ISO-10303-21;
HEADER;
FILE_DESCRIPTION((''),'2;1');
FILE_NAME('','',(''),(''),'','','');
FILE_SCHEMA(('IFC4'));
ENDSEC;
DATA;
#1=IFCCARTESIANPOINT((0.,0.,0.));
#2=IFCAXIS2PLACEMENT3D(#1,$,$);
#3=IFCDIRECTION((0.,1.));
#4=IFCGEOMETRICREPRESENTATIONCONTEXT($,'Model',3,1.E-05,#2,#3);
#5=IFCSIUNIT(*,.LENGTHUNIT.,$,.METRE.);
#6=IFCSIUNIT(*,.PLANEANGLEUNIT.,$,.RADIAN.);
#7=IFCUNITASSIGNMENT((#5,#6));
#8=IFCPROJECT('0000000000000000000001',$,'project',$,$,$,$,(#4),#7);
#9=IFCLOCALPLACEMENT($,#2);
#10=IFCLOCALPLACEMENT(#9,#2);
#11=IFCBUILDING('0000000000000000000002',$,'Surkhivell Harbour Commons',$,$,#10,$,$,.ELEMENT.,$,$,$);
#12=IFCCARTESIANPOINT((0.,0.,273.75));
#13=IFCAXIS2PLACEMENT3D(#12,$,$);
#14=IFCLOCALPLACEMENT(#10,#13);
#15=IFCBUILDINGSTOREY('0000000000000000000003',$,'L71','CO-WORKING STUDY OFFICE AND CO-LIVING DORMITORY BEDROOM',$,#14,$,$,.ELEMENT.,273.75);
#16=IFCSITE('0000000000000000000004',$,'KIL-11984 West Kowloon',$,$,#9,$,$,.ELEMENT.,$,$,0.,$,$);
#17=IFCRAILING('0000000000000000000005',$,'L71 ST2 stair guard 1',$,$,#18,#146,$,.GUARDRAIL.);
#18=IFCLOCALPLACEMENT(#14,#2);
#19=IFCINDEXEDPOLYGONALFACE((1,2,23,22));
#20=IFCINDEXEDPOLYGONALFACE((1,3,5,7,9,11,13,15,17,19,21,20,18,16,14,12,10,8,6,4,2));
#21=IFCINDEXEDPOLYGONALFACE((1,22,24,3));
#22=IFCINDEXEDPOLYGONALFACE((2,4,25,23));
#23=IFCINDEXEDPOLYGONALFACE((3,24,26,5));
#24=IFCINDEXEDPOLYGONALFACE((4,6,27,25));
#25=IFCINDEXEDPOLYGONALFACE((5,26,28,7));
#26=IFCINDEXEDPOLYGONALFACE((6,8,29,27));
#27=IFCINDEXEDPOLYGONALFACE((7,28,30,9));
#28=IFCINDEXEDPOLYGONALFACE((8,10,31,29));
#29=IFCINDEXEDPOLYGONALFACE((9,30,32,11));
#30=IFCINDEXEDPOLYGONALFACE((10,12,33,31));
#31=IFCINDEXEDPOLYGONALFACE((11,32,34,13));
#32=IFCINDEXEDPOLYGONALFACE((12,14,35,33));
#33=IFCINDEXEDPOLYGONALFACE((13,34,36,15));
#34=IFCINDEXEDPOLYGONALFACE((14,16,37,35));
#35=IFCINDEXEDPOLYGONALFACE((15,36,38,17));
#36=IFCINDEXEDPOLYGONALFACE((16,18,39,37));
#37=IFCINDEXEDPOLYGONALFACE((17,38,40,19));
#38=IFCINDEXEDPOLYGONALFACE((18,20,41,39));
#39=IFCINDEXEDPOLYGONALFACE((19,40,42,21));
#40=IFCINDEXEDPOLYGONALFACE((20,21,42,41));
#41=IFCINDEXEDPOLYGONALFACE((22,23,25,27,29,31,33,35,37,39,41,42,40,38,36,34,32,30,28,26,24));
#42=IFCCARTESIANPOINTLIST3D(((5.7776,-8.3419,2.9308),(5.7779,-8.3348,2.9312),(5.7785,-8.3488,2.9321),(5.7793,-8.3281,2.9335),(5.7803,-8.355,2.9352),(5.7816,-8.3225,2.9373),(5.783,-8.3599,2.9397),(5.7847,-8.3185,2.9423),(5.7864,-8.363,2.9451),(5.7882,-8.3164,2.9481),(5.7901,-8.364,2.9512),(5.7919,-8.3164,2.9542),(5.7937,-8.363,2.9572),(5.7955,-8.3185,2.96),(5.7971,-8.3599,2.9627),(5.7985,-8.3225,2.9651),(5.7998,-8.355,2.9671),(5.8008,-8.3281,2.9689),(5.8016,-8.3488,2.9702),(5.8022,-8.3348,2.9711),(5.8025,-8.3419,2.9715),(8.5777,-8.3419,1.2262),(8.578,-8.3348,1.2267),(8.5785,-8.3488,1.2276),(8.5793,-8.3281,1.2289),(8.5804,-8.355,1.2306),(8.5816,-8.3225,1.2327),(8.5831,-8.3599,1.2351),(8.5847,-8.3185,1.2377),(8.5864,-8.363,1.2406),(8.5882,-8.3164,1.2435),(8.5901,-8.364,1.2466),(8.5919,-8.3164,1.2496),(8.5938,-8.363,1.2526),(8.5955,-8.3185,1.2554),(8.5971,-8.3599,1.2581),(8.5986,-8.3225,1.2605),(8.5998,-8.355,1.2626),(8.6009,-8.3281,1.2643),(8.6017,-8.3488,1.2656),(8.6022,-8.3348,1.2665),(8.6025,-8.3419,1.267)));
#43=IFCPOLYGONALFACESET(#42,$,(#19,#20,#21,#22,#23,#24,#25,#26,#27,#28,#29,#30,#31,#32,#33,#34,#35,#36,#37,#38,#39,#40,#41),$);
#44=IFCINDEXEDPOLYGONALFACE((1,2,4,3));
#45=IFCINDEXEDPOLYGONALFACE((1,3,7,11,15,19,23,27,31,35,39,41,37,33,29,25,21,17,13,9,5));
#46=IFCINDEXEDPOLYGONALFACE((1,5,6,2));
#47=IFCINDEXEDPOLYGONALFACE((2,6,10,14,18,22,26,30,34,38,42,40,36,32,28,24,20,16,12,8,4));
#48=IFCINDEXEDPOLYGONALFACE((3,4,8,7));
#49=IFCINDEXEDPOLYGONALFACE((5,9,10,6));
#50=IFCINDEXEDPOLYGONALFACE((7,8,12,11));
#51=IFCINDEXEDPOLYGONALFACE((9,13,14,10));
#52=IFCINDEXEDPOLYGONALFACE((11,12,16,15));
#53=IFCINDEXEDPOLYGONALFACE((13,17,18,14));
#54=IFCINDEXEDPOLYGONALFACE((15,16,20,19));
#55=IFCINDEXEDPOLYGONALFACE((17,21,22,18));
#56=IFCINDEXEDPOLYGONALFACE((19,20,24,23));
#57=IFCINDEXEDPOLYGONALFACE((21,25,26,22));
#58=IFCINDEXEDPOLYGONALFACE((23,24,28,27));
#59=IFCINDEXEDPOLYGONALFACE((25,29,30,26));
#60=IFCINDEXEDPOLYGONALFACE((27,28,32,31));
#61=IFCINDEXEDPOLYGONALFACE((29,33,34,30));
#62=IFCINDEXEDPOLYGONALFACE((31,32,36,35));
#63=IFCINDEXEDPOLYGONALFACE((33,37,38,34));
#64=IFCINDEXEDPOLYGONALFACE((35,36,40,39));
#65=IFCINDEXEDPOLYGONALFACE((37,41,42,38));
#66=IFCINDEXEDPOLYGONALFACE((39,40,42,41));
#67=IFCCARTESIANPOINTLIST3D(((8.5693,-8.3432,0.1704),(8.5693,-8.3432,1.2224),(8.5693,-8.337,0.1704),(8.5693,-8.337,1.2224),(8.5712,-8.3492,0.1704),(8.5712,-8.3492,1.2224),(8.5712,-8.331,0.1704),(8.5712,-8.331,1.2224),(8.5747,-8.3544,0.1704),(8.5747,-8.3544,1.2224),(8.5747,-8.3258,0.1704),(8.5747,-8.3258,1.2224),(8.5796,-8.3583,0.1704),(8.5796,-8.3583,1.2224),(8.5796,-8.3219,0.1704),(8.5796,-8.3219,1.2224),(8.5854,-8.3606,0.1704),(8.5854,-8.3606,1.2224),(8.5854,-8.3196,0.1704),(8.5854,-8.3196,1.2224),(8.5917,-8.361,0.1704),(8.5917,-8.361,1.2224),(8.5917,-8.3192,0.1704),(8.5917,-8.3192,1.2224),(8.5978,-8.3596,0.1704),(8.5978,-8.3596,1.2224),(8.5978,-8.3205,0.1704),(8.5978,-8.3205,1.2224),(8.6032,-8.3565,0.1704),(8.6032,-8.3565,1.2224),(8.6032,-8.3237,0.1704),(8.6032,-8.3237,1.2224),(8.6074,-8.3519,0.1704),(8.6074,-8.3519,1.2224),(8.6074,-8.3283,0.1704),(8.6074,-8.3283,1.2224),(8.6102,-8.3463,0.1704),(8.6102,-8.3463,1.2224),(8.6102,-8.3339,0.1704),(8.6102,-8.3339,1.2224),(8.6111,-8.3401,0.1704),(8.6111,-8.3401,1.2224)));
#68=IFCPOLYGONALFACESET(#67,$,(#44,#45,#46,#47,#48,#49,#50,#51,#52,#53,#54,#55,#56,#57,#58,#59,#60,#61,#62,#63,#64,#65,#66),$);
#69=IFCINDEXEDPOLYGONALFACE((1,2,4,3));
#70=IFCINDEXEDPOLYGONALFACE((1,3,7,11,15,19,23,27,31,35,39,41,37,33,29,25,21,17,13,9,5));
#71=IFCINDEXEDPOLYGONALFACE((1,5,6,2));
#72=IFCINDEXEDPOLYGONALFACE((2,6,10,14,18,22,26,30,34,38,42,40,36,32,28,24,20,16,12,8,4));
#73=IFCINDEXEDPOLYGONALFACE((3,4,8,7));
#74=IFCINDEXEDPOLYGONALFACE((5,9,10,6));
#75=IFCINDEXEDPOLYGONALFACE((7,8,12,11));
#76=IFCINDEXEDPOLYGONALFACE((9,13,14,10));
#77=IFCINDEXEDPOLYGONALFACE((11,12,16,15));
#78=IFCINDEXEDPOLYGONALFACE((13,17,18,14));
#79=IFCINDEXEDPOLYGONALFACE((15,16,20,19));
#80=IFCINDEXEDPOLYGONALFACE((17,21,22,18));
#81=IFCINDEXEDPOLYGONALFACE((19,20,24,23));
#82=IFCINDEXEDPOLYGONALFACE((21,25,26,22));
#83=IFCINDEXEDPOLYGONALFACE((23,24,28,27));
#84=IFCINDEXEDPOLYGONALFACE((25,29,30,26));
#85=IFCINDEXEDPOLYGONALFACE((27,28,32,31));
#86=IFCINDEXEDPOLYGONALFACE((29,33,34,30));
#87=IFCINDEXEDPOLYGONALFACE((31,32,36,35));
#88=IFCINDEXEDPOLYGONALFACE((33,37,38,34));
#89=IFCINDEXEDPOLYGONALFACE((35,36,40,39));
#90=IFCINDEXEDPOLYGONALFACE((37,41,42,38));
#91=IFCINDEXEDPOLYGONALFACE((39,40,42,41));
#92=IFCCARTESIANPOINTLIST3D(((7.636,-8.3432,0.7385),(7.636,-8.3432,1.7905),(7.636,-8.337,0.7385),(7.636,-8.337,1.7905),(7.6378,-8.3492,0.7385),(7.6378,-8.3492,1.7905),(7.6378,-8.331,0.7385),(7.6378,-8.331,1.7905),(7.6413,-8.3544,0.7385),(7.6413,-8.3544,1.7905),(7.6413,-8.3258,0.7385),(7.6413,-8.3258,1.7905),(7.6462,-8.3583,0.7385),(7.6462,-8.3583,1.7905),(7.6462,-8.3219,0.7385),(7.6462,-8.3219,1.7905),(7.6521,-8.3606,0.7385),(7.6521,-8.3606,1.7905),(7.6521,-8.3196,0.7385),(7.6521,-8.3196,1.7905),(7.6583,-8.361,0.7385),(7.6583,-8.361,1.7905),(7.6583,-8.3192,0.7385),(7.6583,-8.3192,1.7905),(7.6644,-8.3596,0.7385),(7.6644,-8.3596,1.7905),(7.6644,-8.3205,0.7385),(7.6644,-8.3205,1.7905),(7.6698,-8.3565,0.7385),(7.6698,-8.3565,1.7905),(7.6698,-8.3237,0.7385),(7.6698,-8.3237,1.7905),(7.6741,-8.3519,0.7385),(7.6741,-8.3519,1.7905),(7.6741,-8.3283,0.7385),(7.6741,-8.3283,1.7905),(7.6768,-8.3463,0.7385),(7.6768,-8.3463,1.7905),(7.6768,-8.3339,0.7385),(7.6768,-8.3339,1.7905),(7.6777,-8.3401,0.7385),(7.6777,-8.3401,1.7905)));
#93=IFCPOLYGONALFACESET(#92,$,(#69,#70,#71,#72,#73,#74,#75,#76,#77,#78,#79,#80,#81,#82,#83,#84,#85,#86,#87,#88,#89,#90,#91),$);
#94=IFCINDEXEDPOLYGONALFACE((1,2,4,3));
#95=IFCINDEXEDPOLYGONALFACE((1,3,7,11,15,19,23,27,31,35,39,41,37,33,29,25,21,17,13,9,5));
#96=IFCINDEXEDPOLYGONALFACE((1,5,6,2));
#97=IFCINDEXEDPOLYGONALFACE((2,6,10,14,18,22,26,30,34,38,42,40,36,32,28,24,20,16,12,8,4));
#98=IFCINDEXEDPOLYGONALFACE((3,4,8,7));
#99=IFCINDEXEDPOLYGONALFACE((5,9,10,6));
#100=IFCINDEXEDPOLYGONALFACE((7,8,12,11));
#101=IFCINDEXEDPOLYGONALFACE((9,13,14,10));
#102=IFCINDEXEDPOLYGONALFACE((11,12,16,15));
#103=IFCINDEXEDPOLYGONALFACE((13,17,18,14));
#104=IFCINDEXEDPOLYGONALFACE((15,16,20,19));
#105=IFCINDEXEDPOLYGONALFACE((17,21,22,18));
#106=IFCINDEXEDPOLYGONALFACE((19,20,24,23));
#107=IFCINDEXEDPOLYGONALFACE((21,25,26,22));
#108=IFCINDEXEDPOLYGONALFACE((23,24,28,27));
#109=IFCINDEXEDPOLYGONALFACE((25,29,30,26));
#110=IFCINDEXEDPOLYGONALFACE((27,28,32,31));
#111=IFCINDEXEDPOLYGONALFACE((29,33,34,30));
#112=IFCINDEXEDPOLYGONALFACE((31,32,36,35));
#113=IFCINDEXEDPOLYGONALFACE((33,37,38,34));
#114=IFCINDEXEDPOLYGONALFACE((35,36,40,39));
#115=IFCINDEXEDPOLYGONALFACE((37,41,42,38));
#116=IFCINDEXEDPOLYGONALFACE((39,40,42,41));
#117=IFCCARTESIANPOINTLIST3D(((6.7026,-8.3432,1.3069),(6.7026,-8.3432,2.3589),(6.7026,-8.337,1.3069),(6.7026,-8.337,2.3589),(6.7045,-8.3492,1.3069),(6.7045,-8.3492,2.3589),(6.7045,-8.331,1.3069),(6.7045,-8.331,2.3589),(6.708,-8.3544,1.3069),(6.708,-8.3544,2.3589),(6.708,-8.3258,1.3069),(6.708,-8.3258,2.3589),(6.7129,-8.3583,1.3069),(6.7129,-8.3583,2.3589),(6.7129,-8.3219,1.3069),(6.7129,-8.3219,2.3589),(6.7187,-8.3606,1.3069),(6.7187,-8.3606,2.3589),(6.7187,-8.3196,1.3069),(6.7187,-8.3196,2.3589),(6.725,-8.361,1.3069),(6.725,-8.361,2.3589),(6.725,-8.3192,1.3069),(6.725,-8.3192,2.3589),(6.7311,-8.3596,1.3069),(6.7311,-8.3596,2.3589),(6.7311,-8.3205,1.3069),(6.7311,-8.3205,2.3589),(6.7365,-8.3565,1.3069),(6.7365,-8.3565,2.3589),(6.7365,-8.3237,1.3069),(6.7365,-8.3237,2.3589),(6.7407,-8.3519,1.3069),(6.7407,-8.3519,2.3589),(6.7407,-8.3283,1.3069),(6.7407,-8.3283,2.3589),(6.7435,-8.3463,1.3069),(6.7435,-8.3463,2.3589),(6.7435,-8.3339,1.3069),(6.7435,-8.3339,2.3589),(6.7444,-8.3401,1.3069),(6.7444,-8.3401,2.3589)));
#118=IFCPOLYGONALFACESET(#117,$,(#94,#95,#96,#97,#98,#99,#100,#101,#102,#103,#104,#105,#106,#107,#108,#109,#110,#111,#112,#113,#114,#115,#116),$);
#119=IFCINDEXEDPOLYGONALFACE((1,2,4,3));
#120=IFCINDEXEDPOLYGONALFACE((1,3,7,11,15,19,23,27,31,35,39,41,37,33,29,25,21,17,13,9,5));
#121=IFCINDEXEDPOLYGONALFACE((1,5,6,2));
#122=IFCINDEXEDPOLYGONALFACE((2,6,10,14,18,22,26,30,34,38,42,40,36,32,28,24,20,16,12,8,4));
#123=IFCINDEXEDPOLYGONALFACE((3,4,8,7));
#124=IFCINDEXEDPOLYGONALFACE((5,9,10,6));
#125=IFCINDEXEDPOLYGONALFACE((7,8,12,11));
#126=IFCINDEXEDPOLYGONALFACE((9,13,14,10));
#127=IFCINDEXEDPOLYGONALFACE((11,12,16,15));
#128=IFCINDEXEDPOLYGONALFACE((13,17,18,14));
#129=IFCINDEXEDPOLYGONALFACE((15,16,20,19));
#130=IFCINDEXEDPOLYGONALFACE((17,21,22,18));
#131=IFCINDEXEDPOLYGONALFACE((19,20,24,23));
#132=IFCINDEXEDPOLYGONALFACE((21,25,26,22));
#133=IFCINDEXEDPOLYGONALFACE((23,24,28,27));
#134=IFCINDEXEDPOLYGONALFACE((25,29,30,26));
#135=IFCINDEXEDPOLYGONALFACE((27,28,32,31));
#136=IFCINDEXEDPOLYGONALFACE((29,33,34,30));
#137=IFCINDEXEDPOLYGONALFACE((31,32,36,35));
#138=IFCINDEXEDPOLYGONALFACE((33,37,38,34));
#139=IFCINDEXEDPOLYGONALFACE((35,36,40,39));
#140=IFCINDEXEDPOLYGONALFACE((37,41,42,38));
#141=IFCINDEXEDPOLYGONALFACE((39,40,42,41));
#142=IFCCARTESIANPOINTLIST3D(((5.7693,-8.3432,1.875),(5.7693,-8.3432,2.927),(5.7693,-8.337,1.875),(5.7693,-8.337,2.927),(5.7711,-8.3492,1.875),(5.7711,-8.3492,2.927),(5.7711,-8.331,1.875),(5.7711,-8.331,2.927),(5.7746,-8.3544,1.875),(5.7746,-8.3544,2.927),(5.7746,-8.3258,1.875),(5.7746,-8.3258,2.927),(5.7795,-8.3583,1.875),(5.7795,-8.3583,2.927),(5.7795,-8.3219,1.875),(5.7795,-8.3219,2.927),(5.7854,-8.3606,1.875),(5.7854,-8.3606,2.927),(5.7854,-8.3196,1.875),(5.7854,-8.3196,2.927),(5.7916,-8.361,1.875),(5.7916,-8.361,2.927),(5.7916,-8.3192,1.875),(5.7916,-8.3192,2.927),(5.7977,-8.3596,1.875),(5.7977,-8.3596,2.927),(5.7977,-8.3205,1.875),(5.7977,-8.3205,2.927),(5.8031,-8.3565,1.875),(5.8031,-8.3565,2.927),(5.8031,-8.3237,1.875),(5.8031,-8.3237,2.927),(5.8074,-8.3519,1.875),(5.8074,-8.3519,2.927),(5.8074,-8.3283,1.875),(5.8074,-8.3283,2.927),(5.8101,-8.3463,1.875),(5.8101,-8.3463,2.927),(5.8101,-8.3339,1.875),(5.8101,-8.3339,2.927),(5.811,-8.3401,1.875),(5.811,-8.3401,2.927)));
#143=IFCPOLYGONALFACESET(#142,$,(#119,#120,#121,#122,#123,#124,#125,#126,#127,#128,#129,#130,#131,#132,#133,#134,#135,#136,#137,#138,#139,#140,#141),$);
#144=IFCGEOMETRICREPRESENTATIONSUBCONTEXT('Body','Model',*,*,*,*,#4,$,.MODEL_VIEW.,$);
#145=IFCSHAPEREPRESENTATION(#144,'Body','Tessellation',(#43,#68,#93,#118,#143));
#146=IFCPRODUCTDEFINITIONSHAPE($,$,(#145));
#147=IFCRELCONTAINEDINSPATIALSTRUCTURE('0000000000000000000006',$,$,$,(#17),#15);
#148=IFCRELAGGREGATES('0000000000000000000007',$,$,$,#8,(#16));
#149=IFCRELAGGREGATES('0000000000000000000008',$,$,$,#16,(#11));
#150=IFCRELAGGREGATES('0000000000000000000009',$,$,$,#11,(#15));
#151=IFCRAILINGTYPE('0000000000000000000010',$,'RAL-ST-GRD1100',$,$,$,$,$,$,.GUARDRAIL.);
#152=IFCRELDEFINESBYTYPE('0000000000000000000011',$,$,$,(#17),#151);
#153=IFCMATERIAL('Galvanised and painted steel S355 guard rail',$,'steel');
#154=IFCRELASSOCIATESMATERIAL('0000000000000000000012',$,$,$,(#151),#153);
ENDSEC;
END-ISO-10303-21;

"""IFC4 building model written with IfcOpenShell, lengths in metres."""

from ifc_helpers import new_model, si_unit, direction, frame, origin, origin_2d, place, context, subcontext, project, spatial, circle, extrude, material, type_object, element, save


model = new_model("IFC4")

# Units and contexts
model_context = context("Model", 3, precision=1e-05, world=origin(), true_north=direction((0.0, 1.0)))
body_context = subcontext(model_context, "Body", "Model", "MODEL_VIEW")
ifc_project = project(units=[si_unit("LENGTHUNIT", "METRE"), si_unit("PLANEANGLEUNIT", "RADIAN")], contexts=[model_context])

# Site, building, storey
site_placement = place(None, origin())
site = spatial("IfcSite", under=ifc_project, at=site_placement, Name="KIL-11984 West Kowloon", CompositionType="ELEMENT", RefElevation=0.0)
building_placement = place(site_placement, origin())
building = spatial("IfcBuilding", under=site, at=building_placement, Name="Surkhivell Harbour Commons", CompositionType="ELEMENT")
storey_placement = place(building_placement, frame((0.0, 0.0, 273.75)))
storey = spatial("IfcBuildingStorey", under=building, at=storey_placement, Name="L71", Description="CO-WORKING STUDY OFFICE AND CO-LIVING DORMITORY BEDROOM", CompositionType="ELEMENT", Elevation=273.75)

# Railing
ifc_material_1 = material(Name="Galvanised and painted steel S355 guard rail", Category="steel")
railing_type_1 = type_object("IfcRailingType", Name="RAL-ST-GRD1100", PredefinedType="GUARDRAIL", material=ifc_material_1)
railing_1_placement = place(storey_placement, frame((8.5901, -8.3401, 0.1704)))
element("IfcRailing", 1, at=railing_1_placement, inside=storey, type_object=railing_type_1, Name="L71 ST2 stair guard 1", PredefinedType="GUARDRAIL", context=body_context, shape_type="SweptSolid", body=[
    extrude(circle(Radius=0.0239, at=origin_2d()), frame((0.0, 0.0, 1.0762), z_axis=(-0.85417, 0.0, 0.519994), x_axis=(0.0, -1.0, 0.0)), (0.0, 0.0, 1.0), 3.2781),
    extrude(circle(Radius=0.021, at=origin_2d()), origin(), (0.0, 0.0, 1.0), 1.052),
    extrude(circle(Radius=0.021, at=origin_2d()), frame((-0.9333, 0.0, 0.5681)), (0.0, 0.0, 1.0), 1.052),
    extrude(circle(Radius=0.021, at=origin_2d()), frame((-1.8667, 0.0, 1.1365)), (0.0, 0.0, 1.0), 1.052),
    extrude(circle(Radius=0.021, at=origin_2d()), frame((-2.8, 0.0, 1.7046)), (0.0, 0.0, 1.0), 1.052),
])

save(model, "model.ifc")
